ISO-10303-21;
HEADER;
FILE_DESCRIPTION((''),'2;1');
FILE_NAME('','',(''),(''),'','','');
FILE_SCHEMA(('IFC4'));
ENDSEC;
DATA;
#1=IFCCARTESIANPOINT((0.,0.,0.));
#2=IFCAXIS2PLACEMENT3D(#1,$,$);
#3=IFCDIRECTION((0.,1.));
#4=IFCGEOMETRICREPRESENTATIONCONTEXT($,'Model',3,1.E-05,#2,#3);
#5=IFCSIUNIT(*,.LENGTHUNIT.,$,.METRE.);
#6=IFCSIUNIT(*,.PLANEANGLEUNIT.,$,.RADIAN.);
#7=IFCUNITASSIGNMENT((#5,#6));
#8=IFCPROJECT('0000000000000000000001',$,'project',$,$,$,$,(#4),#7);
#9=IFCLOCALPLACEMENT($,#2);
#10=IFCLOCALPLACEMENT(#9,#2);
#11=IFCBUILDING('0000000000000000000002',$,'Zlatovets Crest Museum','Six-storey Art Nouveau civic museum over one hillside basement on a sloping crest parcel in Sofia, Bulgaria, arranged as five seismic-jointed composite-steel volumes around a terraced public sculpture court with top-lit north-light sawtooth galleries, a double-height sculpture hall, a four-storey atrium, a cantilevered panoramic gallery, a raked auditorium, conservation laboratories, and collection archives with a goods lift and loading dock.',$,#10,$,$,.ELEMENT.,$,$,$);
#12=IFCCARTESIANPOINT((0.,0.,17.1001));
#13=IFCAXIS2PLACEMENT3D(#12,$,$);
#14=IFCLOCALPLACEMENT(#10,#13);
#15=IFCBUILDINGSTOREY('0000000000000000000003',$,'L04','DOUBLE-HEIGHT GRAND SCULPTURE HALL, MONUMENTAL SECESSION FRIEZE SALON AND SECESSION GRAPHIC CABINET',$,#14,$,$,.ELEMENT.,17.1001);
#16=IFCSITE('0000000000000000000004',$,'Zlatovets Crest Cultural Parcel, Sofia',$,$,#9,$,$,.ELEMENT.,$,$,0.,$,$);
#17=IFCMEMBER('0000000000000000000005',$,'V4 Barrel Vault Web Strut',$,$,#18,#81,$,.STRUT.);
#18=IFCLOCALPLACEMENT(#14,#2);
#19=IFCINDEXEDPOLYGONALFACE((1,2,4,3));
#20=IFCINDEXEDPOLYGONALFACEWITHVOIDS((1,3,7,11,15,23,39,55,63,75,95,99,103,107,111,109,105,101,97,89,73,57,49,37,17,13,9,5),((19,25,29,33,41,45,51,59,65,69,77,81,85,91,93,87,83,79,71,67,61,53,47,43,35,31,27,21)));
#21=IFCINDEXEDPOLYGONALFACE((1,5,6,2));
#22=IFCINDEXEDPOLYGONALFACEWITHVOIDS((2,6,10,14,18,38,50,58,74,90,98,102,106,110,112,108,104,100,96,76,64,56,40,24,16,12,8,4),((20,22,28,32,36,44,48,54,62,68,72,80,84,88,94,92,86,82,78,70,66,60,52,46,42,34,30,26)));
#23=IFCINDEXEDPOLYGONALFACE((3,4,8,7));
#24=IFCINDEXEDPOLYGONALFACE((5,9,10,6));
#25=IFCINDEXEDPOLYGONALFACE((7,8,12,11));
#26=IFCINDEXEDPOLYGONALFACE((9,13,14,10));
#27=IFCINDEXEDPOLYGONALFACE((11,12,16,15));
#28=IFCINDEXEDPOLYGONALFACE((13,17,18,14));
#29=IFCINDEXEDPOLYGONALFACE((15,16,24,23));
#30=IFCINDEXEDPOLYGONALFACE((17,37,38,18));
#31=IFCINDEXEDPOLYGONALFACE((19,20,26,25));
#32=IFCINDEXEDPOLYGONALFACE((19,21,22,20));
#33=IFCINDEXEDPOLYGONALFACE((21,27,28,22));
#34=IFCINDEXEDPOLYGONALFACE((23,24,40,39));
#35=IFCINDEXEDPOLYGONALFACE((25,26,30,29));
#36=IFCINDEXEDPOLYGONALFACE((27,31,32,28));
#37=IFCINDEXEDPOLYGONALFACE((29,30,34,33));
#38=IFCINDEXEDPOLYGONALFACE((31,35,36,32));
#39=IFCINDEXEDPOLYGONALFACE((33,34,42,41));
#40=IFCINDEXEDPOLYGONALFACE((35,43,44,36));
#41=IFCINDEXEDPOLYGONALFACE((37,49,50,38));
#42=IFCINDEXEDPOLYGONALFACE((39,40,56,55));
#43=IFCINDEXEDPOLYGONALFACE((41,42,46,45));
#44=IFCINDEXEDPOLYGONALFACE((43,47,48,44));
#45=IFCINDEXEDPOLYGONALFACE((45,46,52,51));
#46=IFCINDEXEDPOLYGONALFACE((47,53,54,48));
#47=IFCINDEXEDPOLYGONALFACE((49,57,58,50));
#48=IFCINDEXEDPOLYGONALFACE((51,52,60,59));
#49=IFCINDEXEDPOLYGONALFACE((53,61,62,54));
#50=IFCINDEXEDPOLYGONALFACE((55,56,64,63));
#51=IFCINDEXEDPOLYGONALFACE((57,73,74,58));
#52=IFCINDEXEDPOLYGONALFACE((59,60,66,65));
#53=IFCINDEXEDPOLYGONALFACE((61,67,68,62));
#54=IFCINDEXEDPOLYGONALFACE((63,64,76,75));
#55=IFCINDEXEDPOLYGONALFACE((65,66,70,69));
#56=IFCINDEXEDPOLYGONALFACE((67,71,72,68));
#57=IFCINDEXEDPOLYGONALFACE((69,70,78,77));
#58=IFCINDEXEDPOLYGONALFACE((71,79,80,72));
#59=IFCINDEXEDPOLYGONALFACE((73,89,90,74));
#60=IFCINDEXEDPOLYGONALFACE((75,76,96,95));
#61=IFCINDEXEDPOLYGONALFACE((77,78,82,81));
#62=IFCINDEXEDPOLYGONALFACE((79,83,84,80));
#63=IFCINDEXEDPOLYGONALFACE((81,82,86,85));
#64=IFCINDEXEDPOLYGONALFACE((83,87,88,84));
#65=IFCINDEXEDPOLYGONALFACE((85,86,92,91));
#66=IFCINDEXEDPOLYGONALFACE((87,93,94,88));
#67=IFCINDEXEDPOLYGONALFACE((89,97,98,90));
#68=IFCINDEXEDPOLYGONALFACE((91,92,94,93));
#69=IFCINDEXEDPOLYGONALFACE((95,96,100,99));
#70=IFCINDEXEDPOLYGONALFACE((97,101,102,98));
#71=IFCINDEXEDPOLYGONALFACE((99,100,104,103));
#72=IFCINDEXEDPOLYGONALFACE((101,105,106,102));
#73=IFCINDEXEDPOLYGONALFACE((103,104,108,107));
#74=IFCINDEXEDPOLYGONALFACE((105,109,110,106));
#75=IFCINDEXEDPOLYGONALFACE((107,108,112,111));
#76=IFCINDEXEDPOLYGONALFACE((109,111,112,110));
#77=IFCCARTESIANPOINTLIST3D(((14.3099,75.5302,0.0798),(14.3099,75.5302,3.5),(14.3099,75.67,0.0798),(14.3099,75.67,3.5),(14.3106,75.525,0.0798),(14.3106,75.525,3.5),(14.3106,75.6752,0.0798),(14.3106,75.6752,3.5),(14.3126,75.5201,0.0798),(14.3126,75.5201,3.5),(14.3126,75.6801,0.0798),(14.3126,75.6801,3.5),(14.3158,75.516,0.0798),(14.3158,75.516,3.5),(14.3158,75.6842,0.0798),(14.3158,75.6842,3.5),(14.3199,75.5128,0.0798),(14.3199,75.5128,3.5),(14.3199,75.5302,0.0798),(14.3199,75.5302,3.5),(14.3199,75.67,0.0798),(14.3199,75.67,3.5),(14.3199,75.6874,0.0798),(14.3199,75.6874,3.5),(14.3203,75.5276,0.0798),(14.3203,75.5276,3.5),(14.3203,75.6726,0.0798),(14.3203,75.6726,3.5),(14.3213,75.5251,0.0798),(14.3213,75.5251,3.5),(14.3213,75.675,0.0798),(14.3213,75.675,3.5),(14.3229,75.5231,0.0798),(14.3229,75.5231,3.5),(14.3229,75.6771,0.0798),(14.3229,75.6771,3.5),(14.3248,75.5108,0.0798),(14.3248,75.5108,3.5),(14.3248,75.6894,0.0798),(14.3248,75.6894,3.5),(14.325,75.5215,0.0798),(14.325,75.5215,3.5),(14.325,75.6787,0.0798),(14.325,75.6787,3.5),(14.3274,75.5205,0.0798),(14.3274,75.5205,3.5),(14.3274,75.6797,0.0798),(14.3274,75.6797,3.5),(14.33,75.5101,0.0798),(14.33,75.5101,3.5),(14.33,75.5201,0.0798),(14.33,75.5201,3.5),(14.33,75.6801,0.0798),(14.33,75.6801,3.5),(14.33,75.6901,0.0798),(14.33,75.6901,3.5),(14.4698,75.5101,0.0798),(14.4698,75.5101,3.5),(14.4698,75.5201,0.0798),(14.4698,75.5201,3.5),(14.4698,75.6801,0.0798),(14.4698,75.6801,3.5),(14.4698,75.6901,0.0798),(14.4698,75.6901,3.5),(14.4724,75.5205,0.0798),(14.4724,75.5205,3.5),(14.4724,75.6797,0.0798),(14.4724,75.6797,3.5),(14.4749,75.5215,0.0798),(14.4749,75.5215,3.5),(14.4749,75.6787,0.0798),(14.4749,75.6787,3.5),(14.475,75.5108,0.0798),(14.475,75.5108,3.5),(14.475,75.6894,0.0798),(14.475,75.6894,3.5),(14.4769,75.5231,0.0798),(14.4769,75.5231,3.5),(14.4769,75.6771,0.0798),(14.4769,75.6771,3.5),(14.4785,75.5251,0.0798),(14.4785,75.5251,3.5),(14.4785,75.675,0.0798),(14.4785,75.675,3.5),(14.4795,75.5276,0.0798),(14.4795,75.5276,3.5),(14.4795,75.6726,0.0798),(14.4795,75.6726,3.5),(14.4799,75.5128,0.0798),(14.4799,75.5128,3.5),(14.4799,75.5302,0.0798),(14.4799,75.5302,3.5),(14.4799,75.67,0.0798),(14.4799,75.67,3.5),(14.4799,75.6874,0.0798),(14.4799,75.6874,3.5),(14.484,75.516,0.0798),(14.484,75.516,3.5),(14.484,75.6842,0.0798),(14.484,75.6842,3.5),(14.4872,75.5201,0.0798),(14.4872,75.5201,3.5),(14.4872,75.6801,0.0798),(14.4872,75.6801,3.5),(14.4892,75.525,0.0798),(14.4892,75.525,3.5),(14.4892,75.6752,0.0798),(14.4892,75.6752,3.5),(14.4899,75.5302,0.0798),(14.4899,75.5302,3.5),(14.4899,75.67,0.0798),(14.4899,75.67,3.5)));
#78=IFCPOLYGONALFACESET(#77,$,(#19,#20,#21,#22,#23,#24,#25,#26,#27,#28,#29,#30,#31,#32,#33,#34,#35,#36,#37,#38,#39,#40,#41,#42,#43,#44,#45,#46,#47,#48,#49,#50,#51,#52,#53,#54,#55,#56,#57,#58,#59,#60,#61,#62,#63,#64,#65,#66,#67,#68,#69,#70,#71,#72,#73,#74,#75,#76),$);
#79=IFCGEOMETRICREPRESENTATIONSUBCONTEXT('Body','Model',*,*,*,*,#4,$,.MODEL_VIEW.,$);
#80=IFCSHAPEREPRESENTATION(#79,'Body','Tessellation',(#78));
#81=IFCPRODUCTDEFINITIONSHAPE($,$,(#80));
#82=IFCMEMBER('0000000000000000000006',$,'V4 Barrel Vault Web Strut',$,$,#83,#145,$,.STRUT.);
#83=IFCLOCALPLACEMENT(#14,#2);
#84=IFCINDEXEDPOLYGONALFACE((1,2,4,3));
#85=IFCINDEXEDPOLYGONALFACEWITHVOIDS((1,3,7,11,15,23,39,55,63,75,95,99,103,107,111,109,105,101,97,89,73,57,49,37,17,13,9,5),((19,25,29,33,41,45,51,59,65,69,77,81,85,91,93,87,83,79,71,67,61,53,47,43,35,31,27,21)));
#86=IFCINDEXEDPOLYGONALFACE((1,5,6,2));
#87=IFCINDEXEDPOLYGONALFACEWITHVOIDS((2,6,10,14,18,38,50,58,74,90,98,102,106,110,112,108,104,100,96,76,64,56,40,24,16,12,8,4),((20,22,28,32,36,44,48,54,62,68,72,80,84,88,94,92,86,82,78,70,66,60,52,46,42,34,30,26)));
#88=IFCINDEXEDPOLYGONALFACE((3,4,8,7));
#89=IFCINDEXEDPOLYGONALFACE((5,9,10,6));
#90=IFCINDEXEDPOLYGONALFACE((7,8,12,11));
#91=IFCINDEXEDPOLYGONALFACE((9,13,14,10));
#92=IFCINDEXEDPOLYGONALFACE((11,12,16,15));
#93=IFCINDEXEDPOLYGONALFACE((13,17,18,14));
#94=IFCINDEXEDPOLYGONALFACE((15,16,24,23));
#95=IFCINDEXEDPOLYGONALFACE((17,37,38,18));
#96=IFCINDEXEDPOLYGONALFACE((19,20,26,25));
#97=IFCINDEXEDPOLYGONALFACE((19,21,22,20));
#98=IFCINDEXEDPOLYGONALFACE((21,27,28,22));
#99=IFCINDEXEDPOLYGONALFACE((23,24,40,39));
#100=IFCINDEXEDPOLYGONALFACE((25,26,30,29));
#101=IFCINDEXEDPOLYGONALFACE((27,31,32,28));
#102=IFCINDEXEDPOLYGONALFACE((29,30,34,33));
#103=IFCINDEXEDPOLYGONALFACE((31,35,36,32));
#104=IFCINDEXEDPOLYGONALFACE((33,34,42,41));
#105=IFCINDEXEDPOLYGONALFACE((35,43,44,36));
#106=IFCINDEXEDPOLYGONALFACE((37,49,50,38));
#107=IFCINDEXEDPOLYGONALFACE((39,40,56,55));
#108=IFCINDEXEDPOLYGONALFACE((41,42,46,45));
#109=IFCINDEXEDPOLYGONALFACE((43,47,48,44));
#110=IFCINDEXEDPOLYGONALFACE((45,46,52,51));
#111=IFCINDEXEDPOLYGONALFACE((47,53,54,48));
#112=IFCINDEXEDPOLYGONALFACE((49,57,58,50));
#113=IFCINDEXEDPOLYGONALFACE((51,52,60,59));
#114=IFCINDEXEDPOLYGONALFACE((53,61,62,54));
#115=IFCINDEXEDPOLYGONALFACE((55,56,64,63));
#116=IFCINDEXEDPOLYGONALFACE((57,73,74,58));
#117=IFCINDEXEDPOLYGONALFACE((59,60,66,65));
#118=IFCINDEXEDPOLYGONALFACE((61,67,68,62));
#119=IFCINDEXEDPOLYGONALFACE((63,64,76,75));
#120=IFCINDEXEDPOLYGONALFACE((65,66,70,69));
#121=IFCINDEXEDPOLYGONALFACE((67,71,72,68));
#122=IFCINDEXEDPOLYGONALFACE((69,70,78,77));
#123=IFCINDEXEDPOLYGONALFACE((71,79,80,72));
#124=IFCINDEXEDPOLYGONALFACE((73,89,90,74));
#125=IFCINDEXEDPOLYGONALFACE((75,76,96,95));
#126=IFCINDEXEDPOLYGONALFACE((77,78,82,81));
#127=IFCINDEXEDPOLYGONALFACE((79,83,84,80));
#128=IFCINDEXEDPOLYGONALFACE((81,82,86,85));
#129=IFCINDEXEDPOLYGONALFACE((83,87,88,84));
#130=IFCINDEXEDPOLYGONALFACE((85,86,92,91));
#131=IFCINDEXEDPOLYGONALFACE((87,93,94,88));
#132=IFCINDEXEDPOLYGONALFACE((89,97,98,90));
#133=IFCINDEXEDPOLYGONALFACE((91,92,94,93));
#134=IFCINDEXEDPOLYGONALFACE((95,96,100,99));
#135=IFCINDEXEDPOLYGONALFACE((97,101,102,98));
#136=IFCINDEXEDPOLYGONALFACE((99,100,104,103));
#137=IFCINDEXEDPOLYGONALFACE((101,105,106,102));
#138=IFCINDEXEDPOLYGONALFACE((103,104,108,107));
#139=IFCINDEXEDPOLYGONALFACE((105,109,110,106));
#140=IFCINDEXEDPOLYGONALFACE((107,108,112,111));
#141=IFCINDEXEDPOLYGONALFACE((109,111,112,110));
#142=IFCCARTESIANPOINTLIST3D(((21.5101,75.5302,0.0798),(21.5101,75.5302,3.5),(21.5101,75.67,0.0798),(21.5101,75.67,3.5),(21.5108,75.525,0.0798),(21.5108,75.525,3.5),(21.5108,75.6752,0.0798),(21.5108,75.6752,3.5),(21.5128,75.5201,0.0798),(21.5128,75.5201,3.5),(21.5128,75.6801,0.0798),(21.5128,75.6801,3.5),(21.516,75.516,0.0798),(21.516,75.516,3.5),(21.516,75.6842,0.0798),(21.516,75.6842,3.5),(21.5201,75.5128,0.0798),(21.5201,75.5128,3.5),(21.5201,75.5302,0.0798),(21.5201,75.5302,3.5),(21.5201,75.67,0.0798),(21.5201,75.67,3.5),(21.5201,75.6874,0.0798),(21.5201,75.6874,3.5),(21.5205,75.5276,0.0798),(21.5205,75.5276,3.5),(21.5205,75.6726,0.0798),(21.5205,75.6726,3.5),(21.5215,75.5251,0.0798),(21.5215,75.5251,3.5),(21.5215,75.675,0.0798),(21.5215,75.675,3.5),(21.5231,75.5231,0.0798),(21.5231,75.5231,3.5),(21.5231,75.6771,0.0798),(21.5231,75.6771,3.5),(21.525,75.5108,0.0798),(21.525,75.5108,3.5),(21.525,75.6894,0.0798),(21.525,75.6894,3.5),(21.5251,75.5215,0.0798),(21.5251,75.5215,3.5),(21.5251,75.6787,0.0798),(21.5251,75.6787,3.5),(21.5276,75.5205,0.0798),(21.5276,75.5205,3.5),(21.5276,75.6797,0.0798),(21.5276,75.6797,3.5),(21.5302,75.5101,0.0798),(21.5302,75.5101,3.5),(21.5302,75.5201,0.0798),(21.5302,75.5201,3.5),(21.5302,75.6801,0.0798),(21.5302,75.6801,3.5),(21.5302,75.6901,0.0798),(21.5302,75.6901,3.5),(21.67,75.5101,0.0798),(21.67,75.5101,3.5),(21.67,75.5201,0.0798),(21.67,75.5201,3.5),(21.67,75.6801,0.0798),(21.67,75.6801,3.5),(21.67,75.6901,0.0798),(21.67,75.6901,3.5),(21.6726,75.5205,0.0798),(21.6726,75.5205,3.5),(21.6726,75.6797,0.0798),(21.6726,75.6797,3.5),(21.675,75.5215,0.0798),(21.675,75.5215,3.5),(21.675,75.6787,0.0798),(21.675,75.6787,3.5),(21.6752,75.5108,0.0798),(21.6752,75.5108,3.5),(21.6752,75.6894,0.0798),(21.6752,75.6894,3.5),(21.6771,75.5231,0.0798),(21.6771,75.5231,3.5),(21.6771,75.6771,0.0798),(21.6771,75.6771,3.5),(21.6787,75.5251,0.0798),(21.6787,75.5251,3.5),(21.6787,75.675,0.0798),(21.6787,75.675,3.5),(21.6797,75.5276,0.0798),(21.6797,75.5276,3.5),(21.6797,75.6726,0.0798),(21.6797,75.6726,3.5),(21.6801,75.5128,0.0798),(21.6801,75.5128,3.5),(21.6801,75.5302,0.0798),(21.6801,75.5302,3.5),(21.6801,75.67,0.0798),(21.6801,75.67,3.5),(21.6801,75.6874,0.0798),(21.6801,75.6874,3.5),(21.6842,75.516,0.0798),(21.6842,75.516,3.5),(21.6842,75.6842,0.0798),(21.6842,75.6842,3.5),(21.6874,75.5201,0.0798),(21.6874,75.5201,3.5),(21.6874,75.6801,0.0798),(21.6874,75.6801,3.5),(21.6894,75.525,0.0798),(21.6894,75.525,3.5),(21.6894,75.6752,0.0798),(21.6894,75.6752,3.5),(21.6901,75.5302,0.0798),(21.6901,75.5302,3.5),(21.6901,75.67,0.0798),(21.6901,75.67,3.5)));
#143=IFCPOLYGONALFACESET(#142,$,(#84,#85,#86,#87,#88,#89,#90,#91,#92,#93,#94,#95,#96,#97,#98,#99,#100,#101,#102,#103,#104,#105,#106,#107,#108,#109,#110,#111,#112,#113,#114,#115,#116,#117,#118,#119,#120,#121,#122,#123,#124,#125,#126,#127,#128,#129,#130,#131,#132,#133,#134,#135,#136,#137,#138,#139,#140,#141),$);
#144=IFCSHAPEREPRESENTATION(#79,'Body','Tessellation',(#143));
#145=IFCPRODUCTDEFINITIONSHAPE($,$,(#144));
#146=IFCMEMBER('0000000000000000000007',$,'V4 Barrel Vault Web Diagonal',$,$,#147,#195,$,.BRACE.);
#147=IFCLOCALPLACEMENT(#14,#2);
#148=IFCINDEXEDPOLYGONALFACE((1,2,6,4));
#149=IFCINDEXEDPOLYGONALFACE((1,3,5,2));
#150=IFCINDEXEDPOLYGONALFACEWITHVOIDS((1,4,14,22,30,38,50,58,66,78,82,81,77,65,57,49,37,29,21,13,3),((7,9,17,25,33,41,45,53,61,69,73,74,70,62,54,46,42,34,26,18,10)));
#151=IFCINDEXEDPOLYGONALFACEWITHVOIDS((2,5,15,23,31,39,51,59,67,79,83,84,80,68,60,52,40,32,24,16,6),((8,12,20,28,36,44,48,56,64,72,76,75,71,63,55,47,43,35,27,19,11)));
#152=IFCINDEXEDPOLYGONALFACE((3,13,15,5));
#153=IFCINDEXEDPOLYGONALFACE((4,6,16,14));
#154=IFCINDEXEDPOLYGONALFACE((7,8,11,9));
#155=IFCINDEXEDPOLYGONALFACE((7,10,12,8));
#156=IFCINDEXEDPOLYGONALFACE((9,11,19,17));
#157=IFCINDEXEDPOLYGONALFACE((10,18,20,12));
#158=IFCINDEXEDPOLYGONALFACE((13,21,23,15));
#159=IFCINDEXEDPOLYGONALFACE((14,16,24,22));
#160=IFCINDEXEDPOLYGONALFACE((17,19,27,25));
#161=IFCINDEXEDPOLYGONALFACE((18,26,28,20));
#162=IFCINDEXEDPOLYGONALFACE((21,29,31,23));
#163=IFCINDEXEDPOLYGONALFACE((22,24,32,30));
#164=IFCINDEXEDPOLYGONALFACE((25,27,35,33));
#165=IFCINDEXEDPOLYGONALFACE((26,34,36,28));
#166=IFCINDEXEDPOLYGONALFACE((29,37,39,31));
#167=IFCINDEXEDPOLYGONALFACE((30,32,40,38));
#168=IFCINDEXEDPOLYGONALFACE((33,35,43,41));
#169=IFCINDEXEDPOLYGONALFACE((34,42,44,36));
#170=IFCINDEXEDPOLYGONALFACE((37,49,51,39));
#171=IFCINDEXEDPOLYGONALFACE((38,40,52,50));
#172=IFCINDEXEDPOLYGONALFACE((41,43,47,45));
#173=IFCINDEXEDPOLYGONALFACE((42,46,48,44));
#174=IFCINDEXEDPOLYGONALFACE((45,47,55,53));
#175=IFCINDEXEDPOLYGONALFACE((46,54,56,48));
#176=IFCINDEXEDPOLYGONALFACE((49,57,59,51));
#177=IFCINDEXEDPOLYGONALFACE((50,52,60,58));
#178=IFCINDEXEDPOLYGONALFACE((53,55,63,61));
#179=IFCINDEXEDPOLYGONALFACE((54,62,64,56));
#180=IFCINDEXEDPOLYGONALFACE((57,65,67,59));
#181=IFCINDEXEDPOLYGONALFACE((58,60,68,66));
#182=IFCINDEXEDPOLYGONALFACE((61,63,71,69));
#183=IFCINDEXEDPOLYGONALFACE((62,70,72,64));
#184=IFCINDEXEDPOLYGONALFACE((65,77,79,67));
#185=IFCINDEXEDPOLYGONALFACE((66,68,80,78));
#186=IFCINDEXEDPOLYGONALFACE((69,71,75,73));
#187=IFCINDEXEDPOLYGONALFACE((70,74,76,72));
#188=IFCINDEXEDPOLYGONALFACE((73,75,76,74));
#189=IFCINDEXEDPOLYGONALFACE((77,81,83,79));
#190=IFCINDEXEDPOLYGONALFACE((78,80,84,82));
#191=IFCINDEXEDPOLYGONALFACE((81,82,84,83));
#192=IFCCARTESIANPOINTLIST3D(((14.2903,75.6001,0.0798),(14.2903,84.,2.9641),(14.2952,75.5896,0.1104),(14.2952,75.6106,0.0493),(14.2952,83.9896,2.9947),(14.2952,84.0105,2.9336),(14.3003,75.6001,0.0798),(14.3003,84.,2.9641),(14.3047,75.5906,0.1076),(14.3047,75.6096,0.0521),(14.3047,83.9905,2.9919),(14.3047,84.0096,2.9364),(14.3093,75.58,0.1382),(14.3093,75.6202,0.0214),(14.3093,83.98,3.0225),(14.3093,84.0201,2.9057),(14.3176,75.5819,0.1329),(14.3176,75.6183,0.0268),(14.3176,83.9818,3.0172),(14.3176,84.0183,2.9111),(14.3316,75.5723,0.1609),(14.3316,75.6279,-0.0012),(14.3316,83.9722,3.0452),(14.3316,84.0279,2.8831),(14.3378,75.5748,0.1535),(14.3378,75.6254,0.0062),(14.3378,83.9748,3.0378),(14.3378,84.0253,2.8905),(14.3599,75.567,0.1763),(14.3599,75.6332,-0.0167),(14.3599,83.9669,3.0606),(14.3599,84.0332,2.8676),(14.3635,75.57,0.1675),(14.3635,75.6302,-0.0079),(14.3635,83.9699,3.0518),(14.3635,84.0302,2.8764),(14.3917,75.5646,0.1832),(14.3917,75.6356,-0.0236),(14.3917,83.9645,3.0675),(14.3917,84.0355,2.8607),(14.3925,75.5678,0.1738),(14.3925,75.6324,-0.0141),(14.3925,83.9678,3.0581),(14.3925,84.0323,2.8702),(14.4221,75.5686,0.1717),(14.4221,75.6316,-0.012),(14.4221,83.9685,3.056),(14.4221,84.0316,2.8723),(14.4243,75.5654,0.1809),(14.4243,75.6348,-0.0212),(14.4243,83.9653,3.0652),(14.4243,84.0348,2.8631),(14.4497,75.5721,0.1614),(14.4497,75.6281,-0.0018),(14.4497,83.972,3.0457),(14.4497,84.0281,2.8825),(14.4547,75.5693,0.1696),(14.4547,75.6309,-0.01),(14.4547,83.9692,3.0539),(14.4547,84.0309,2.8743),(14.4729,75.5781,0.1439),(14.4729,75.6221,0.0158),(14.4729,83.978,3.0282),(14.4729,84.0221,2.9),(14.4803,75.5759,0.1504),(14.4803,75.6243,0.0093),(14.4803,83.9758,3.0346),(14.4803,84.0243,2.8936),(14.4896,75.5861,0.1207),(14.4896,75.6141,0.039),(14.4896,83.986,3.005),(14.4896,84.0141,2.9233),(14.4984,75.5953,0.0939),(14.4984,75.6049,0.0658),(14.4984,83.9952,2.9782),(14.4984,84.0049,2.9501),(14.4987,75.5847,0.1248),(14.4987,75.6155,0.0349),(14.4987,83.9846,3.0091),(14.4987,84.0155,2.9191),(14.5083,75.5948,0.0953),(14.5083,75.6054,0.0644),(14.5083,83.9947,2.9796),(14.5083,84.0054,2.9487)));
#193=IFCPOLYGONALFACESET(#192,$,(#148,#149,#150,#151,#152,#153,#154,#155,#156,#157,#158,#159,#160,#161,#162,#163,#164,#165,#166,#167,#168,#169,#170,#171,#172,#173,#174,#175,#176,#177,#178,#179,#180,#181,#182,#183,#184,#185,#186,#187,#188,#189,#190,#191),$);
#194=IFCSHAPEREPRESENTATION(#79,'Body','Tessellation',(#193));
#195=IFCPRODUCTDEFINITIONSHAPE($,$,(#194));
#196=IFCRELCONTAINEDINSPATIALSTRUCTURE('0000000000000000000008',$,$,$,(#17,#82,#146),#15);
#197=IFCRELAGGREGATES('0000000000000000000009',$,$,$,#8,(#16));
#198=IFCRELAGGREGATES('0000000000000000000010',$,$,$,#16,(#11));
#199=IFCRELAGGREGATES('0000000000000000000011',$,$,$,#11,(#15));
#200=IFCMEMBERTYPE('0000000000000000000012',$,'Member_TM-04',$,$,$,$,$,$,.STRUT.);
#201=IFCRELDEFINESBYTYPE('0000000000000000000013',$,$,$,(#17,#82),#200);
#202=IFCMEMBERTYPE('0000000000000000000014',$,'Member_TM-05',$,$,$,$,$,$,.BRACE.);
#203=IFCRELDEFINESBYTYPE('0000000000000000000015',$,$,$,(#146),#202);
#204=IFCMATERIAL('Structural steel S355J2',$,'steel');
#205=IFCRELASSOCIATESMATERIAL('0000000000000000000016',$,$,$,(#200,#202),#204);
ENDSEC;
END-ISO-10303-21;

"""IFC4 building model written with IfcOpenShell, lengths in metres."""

from ifc_helpers import new_model, si_unit, direction, frame, origin, origin_2d, place, context, subcontext, project, spatial, hollow_rectangle, hollow_circle, extrude, material, material_profile, profile_set, type_object, element, save


model = new_model("IFC4")

# Units and contexts
model_context = context("Model", 3, precision=1e-05, world=origin(), true_north=direction((0.0, 1.0)))
body_context = subcontext(model_context, "Body", "Model", "MODEL_VIEW")
ifc_project = project(units=[si_unit("LENGTHUNIT", "METRE"), si_unit("PLANEANGLEUNIT", "RADIAN")], contexts=[model_context])

# Site, building, storey
site_placement = place(None, origin())
site = spatial("IfcSite", under=ifc_project, at=site_placement, Name="Zlatovets Crest Cultural Parcel, Sofia", CompositionType="ELEMENT", RefElevation=0.0)
building_placement = place(site_placement, origin())
building = spatial("IfcBuilding", under=site, at=building_placement, Name="Zlatovets Crest Museum", Description="Six-storey Art Nouveau civic museum over one hillside basement on a sloping crest parcel in Sofia, Bulgaria, arranged as five seismic-jointed composite-steel volumes around a terraced public sculpture court with top-lit north-light sawtooth galleries, a double-height sculpture hall, a four-storey atrium, a cantilevered panoramic gallery, a raked auditorium, conservation laboratories, and collection archives with a goods lift and loading dock.", CompositionType="ELEMENT")
storey_placement = place(building_placement, frame((0.0, 0.0, 17.1001)))
storey = spatial("IfcBuildingStorey", under=building, at=storey_placement, Name="L04", Description="DOUBLE-HEIGHT GRAND SCULPTURE HALL, MONUMENTAL SECESSION FRIEZE SALON AND SECESSION GRAPHIC CABINET", CompositionType="ELEMENT", Elevation=17.1001)

# Shared definitions
ifc_material_1 = material(Name="Structural steel S355J2", Category="steel")

# Members
ifc_material_profile_1 = material_profile(ifc_material_1, hollow_rectangle(XDim=0.1799, YDim=0.1799, WallThickness=0.01, InnerFilletRadius=0.01, OuterFilletRadius=0.02, at=origin_2d()), Name="SHS 180x180x10.0")
ifc_profile_set_1 = profile_set([ifc_material_profile_1], Name="Structural steel S355J2")
member_type_1 = type_object("IfcMemberType", Name="Member_TM-04", PredefinedType="STRUT", material=ifc_profile_set_1)
for number, where, z_axis, x_axis, name in (
    (1, (14.3999, 75.6001, 0.0798), (0.0, 0.0, 1.0), (1.0, 0.0, 0.0), "V4 Barrel Vault Web Strut"),
    (2, (21.6001, 75.6001, 0.0798), (0.0, 0.0, 1.0), (1.0, 0.0, 0.0), "V4 Barrel Vault Web Strut"),
):
    element("IfcMember", number, at=place(storey_placement, frame(where, z_axis=z_axis, x_axis=x_axis)), inside=storey, type_object=member_type_1, Name=name, PredefinedType="STRUT", context=body_context, shape_type="SweptSolid", body=[
        extrude(hollow_rectangle(XDim=0.1799, YDim=0.1799, WallThickness=0.01, InnerFilletRadius=0.01, OuterFilletRadius=0.02, at=origin_2d()), origin(), (0.0, 0.0, 1.0), 3.4202),
    ])
ifc_material_profile_2 = material_profile(ifc_material_1, hollow_circle(Radius=0.1096, WallThickness=0.01, at=origin_2d()), Name="CHS 219.1x10.0")
ifc_profile_set_2 = profile_set([ifc_material_profile_2], Name="Structural steel S355J2")
member_type_2 = type_object("IfcMemberType", Name="Member_TM-05", PredefinedType="BRACE", material=ifc_profile_set_2)
for number, where, z_axis, x_axis, name in (
    (3, (14.3999, 75.6001, 0.0798), (0.0, 0.945797, 0.324759), (-1.0, 0.0, 0.0), "V4 Barrel Vault Web Diagonal"),
):
    element("IfcMember", number, at=place(storey_placement, frame(where, z_axis=z_axis, x_axis=x_axis)), inside=storey, type_object=member_type_2, Name=name, PredefinedType="BRACE", context=body_context, shape_type="SweptSolid", body=[
        extrude(hollow_circle(Radius=0.1096, WallThickness=0.01, at=origin_2d()), origin(), (0.0, 0.0, 1.0), 8.8813),
    ])

save(model, "model.ifc")
